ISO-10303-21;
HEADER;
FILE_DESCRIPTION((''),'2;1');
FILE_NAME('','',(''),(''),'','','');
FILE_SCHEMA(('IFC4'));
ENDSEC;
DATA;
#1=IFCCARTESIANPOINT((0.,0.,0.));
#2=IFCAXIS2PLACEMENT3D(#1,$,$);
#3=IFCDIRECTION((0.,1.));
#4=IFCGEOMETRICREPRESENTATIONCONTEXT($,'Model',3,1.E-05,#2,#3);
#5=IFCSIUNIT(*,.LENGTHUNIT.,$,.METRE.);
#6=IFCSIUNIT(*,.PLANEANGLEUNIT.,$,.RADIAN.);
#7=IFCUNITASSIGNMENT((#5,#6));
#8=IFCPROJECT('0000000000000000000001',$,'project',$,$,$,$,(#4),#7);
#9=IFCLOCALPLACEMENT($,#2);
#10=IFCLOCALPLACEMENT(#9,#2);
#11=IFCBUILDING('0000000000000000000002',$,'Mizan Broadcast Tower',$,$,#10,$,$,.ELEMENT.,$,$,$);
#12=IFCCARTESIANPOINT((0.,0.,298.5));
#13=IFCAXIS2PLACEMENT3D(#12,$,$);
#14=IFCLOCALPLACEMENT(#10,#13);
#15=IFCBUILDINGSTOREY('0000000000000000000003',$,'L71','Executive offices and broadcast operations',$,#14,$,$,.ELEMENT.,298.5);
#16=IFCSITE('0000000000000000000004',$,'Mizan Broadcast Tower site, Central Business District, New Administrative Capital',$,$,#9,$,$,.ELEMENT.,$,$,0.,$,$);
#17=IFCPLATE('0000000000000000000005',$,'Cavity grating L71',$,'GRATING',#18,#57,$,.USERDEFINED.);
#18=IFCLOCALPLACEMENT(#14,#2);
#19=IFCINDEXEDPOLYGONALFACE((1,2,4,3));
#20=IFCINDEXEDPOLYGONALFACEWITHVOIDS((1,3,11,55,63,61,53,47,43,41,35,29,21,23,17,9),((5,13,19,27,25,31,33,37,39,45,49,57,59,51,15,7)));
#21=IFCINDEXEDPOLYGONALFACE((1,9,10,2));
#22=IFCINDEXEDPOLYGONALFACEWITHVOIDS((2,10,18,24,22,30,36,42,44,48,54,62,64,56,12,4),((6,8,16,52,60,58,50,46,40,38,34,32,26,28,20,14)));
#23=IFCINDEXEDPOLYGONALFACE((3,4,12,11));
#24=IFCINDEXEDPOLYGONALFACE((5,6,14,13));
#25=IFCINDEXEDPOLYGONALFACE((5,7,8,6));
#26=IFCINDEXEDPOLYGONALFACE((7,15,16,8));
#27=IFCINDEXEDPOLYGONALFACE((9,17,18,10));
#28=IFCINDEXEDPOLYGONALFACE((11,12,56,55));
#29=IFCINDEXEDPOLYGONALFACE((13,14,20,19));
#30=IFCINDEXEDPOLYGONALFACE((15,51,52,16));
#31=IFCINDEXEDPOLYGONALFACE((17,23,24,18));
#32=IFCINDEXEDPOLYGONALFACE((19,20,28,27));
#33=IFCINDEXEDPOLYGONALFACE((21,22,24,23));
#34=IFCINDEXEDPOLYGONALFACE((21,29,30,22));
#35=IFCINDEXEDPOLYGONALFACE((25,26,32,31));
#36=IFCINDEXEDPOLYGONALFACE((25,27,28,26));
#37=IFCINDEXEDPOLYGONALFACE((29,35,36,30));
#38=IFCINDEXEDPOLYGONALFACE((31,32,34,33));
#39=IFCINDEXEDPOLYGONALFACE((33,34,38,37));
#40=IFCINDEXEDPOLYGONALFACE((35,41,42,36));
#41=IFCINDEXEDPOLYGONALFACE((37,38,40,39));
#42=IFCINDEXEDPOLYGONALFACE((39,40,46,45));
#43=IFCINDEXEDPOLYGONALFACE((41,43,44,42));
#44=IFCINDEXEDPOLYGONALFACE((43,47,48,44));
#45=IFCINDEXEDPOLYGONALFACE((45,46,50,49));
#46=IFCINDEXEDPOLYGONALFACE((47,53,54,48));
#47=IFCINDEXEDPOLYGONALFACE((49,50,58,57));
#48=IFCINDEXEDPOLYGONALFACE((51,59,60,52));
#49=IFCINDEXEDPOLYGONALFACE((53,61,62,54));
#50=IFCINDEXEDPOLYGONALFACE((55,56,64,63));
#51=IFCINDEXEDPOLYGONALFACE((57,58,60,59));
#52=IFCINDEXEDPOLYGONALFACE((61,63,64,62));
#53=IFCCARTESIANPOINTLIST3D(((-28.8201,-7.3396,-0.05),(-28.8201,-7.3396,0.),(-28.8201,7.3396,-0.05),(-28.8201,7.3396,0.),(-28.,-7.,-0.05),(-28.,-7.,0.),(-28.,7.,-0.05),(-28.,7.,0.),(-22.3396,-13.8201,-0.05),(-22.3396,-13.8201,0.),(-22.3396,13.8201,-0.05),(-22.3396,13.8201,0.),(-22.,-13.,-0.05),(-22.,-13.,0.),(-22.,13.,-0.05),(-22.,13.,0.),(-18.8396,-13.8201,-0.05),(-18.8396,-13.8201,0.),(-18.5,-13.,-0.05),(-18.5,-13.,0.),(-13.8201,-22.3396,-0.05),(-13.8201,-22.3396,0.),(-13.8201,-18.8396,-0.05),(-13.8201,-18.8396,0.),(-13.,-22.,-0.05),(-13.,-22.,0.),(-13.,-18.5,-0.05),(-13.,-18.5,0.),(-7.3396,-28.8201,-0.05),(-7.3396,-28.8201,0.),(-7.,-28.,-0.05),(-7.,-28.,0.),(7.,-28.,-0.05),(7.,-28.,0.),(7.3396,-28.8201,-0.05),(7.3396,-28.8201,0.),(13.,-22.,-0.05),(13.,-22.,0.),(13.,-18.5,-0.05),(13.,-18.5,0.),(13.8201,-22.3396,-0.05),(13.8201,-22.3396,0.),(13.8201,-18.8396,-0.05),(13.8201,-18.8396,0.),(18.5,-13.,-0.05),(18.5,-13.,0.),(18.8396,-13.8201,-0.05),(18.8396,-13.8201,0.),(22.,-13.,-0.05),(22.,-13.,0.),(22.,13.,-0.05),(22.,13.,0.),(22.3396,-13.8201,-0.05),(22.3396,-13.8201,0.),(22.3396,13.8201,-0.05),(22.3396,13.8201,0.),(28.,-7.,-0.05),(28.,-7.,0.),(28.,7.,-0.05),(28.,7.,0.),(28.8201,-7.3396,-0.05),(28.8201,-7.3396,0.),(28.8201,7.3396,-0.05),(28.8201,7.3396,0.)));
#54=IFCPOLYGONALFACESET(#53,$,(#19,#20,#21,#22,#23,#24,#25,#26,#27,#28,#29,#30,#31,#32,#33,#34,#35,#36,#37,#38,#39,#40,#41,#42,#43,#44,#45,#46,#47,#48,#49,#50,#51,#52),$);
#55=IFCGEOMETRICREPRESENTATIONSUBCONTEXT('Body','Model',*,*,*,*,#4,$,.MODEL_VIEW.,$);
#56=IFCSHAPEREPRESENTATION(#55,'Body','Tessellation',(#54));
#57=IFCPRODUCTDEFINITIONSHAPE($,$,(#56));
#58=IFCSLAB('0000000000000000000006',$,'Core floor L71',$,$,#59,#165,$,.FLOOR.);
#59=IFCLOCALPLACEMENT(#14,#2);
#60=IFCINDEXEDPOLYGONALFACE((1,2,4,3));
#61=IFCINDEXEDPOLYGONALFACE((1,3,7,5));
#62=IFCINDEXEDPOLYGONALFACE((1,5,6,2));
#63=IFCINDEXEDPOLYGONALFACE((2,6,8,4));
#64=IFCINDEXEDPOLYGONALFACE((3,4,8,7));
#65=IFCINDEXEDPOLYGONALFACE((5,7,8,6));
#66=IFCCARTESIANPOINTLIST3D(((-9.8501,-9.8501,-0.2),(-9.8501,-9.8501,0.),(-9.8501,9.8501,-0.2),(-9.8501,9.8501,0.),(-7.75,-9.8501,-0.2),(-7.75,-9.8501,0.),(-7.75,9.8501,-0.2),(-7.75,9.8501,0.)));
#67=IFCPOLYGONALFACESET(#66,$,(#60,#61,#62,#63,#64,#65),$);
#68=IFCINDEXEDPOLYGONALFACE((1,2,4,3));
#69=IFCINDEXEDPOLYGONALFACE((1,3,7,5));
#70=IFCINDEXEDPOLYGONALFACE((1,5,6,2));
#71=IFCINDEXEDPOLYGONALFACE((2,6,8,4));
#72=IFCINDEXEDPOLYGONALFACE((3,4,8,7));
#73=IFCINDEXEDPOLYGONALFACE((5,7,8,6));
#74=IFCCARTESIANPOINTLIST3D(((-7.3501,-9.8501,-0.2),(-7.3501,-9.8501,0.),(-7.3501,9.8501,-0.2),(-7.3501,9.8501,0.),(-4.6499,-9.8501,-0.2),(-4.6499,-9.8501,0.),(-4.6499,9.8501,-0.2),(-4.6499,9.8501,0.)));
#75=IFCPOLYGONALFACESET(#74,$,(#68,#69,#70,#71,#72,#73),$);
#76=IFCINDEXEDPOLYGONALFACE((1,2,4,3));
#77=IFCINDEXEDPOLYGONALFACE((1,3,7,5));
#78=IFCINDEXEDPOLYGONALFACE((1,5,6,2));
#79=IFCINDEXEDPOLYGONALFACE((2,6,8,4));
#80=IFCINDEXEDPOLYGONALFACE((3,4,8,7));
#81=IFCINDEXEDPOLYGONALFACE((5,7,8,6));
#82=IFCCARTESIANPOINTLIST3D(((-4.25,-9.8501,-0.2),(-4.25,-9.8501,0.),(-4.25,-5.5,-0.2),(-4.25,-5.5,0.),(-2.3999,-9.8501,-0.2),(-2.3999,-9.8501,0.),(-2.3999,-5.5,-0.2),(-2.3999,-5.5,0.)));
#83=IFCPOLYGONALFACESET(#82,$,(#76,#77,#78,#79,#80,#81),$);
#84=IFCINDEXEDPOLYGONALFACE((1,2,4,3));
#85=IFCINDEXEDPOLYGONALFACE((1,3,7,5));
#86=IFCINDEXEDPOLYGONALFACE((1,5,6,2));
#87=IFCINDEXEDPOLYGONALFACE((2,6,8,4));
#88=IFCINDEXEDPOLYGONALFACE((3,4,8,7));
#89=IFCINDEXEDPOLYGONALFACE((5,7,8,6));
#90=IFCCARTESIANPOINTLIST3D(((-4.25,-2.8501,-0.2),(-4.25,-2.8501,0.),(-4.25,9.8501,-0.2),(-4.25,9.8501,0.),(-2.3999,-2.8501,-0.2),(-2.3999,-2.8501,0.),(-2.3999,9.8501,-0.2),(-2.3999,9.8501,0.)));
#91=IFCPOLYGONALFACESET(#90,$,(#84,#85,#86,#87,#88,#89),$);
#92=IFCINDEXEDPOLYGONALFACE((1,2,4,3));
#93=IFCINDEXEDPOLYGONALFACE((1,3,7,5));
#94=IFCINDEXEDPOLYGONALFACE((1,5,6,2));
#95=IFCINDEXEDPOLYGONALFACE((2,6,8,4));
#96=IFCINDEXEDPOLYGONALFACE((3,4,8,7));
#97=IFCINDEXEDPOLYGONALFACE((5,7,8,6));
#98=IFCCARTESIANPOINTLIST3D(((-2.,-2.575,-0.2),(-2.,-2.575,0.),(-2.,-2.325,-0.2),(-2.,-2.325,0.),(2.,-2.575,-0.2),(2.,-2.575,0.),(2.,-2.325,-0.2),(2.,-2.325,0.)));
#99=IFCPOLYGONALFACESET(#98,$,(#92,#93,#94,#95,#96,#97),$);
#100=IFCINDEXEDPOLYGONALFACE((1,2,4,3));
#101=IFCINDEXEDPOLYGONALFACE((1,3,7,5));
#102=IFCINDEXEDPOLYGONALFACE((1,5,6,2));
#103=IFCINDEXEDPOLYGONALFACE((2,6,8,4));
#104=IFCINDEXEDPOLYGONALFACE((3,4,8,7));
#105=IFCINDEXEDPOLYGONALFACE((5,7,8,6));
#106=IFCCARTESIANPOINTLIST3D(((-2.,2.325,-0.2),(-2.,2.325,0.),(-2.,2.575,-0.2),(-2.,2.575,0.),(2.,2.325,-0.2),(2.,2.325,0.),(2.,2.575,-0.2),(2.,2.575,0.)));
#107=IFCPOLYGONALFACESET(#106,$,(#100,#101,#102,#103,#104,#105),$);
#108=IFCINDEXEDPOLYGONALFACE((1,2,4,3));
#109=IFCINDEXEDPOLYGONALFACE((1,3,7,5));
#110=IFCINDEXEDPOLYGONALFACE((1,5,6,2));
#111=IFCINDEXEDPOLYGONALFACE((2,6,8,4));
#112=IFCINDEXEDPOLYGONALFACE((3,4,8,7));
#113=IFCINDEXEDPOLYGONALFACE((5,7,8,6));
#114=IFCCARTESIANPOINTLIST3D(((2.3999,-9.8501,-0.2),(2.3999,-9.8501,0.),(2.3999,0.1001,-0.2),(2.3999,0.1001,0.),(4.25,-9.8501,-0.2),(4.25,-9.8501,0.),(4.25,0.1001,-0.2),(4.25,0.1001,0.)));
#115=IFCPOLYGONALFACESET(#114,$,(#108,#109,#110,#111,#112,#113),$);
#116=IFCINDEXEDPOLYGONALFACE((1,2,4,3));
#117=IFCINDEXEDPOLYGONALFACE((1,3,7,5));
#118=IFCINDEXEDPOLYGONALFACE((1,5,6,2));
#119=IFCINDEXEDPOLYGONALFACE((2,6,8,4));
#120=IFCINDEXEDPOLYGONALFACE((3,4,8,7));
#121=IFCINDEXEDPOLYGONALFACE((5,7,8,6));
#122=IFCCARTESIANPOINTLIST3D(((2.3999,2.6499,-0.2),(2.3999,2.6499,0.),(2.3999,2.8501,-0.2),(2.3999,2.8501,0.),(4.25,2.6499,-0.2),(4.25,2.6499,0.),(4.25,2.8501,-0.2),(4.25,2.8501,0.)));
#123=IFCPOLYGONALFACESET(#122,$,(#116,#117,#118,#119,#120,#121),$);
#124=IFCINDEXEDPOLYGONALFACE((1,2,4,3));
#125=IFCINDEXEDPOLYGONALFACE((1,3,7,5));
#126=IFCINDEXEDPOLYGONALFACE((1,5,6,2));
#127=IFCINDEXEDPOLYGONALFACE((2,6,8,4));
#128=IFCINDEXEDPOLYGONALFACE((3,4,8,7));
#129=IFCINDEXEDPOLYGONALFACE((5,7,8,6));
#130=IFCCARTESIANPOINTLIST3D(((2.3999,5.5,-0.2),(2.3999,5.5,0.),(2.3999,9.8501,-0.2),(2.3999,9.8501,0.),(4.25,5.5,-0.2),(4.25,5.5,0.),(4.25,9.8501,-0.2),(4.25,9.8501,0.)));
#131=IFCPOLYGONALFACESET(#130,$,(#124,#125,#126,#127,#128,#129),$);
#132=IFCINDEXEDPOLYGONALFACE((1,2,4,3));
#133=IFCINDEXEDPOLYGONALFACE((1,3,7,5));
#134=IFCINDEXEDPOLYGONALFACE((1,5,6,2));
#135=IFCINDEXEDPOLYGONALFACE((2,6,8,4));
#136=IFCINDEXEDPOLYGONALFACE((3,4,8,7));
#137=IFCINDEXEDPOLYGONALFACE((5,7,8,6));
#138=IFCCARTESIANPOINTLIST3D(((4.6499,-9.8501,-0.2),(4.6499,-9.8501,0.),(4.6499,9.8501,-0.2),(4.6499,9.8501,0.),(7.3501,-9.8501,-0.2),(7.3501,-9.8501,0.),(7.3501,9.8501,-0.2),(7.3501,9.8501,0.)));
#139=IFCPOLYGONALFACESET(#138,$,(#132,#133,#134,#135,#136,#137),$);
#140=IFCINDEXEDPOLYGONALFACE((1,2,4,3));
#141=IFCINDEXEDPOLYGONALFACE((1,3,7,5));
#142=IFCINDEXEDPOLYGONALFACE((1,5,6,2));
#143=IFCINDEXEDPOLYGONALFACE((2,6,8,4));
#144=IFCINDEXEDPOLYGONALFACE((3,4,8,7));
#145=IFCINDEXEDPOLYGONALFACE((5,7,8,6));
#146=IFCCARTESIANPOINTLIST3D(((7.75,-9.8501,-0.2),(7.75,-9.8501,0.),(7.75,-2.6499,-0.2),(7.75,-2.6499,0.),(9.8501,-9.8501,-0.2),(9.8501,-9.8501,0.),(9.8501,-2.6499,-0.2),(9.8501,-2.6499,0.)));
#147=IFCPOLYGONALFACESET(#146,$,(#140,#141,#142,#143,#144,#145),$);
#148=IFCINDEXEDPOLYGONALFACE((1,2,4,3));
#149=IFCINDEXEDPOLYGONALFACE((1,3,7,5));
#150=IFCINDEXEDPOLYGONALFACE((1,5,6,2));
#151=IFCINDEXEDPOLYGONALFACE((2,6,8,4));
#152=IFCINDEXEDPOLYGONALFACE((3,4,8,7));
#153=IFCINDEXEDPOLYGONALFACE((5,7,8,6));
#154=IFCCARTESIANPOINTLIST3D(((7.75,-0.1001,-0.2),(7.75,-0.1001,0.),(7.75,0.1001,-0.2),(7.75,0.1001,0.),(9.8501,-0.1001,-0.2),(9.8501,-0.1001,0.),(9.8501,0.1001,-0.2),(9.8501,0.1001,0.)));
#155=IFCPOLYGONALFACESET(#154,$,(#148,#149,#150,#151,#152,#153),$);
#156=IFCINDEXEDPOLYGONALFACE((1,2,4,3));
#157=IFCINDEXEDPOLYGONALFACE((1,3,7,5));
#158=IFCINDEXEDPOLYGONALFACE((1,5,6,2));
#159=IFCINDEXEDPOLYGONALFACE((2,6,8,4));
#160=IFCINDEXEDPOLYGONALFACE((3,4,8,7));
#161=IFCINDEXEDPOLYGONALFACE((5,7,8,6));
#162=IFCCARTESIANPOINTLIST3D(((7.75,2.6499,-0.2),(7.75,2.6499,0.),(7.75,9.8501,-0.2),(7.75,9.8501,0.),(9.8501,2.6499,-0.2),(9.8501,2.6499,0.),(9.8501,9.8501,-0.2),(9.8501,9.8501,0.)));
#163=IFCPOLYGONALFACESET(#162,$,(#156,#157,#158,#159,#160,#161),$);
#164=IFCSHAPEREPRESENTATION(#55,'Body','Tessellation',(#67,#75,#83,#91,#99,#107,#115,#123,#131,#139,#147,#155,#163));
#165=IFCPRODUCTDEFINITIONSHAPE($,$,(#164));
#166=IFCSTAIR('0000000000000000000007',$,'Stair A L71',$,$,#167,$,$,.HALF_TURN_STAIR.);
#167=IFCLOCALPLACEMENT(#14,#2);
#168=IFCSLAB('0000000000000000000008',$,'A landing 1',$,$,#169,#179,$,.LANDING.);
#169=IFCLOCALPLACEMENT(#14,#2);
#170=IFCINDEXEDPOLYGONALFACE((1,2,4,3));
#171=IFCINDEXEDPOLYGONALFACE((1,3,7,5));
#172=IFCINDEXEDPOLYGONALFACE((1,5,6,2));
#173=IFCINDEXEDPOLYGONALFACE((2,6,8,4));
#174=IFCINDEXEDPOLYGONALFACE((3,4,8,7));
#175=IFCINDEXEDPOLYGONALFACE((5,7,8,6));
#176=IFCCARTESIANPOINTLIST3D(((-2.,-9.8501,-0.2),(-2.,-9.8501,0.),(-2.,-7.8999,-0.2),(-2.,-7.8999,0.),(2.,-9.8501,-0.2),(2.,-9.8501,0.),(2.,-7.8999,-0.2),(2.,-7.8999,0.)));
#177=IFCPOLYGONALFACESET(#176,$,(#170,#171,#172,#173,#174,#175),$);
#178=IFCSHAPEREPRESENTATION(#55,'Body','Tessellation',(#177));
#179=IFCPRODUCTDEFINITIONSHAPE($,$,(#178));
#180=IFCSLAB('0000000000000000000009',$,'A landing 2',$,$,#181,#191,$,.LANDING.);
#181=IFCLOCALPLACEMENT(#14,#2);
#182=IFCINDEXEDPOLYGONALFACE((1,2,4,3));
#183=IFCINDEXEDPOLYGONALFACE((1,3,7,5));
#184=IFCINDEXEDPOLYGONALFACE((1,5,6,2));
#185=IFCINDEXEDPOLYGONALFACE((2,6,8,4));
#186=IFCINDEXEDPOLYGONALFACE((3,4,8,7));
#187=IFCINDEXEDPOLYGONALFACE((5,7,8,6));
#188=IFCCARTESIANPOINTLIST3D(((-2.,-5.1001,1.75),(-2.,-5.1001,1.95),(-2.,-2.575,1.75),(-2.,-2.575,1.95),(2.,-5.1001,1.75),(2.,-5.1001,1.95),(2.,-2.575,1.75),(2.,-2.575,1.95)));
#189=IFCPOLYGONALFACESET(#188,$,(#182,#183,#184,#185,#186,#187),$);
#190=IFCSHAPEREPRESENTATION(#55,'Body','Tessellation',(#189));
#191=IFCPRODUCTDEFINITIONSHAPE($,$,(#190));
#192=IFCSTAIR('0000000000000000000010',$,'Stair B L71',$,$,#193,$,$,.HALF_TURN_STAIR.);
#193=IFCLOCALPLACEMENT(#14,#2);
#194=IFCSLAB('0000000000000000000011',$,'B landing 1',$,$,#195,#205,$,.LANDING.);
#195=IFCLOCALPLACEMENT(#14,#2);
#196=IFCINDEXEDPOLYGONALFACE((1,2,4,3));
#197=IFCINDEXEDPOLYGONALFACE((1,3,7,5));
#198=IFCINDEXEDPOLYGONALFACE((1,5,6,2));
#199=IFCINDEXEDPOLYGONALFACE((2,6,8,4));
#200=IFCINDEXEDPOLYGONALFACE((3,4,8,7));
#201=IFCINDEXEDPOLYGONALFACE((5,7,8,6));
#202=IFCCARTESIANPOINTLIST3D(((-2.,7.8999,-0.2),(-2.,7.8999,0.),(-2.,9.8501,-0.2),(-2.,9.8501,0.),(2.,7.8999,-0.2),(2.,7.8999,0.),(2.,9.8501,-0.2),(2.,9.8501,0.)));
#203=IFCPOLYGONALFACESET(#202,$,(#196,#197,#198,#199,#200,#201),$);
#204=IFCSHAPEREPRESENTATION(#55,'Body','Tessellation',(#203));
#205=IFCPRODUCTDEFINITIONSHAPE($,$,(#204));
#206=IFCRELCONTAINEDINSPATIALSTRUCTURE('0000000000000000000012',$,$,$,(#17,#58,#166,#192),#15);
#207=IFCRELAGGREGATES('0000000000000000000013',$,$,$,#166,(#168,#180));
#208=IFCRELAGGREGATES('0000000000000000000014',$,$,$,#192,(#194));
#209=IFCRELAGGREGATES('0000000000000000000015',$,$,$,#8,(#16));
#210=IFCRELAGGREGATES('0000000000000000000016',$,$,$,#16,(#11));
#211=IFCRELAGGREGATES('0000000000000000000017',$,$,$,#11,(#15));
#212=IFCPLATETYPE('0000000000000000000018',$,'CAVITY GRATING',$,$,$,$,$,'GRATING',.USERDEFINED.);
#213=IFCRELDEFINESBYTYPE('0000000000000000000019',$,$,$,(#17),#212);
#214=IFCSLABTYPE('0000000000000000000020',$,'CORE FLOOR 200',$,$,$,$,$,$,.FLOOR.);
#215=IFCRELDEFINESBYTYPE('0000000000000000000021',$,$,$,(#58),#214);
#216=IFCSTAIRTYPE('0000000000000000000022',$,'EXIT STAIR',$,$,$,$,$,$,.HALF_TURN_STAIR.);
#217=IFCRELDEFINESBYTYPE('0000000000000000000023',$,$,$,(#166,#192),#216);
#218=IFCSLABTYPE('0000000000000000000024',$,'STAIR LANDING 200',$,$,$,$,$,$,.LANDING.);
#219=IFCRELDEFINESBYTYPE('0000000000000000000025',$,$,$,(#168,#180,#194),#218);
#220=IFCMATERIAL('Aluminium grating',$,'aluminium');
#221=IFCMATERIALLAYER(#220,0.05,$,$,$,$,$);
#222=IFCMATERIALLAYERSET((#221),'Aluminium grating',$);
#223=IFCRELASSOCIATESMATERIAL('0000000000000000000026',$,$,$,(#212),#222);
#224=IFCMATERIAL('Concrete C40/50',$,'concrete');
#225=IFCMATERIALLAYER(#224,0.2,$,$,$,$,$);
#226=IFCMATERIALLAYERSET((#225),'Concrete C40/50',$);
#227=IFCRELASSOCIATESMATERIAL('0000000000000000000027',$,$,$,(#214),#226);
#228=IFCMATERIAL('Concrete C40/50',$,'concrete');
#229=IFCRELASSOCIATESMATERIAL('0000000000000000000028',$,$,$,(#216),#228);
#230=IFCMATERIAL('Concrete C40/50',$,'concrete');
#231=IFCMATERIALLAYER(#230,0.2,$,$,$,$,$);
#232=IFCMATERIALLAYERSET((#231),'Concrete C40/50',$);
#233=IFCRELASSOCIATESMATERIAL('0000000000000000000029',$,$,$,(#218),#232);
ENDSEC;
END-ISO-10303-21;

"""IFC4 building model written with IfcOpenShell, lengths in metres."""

from ifc_helpers import new_model, si_unit, direction, frame, origin, place, context, subcontext, project, spatial, polyline, outline, extrude, material, layer, layer_set, type_object, element, aggregate, save


model = new_model("IFC4")

# Units and contexts
model_context = context("Model", 3, precision=1e-05, world=origin(), true_north=direction((0.0, 1.0)))
body_context = subcontext(model_context, "Body", "Model", "MODEL_VIEW")
ifc_project = project(units=[si_unit("LENGTHUNIT", "METRE"), si_unit("PLANEANGLEUNIT", "RADIAN")], contexts=[model_context])

# Site, building, storey
site_placement = place(None, origin())
site = spatial("IfcSite", under=ifc_project, at=site_placement, Name="Mizan Broadcast Tower site, Central Business District, New Administrative Capital", CompositionType="ELEMENT", RefElevation=0.0)
building_placement = place(site_placement, origin())
building = spatial("IfcBuilding", under=site, at=building_placement, Name="Mizan Broadcast Tower", CompositionType="ELEMENT")
storey_placement = place(building_placement, frame((0.0, 0.0, 298.5)))
storey = spatial("IfcBuildingStorey", under=building, at=storey_placement, Name="L71", Description="Executive offices and broadcast operations", CompositionType="ELEMENT", Elevation=298.5)

# Plate
ifc_material_1 = material(Name="Aluminium grating", Category="aluminium")
ifc_layer_1 = layer(ifc_material_1, 0.05)
ifc_layer_set_1 = layer_set([ifc_layer_1], Name="Aluminium grating")
plate_type = type_object("IfcPlateType", Name="CAVITY GRATING", ElementType="GRATING", PredefinedType="USERDEFINED", material=ifc_layer_set_1)
plate_placement = place(storey_placement, frame((0.0, 0.0, -0.05)))
element("IfcPlate", 1, at=plate_placement, inside=storey, type_object=plate_type, Name="Cavity grating L71", ObjectType="GRATING", PredefinedType="USERDEFINED", context=body_context, shape_type="SweptSolid", body=[
    extrude(outline(polyline([(-22.3396, 13.8201), (-28.8201, 7.3396), (-28.8201, -7.3396), (-22.3396, -13.8201), (-18.8396, -13.8201), (-13.8201, -18.8396), (-13.8201, -22.3396), (-7.3396, -28.8201), (7.3396, -28.8201), (13.8201, -22.3396), (13.8201, -18.8396), (18.8396, -13.8201), (22.3396, -13.8201), (28.8201, -7.3396), (28.8201, 7.3396), (22.3396, 13.8201), (-22.3396, 13.8201)]), holes=[polyline([(-18.5, -13.0), (-22.0, -13.0), (-28.0, -7.0), (-28.0, 7.0), (-22.0, 13.0), (22.0, 13.0), (28.0, 7.0), (28.0, -7.0), (22.0, -13.0), (18.5, -13.0), (13.0, -18.5), (13.0, -22.0), (7.0, -28.0), (-7.0, -28.0), (-13.0, -22.0), (-13.0, -18.5), (-18.5, -13.0)])]), origin(), (0.0, 0.0, 1.0), 0.05),
])

# Slab
ifc_material_2 = material(Name="Concrete C40/50", Category="concrete")
ifc_layer_2 = layer(ifc_material_2, 0.2)
ifc_layer_set_2 = layer_set([ifc_layer_2], Name="Concrete C40/50")
slab_type_1 = type_object("IfcSlabType", Name="CORE FLOOR 200", PredefinedType="FLOOR", material=ifc_layer_set_2)
slab_1_placement = place(storey_placement, frame((0.0, 0.0, -0.2)))
element("IfcSlab", 2, at=slab_1_placement, inside=storey, type_object=slab_type_1, Name="Core floor L71", PredefinedType="FLOOR", context=body_context, shape_type="SweptSolid", body=[
    extrude(outline(polyline([(-9.8501, -9.8501), (-7.75, -9.8501), (-7.75, 9.8501), (-9.8501, 9.8501), (-9.8501, -9.8501)])), origin(), (0.0, 0.0, 1.0), 0.2),
    extrude(outline(polyline([(-4.6499, 9.8501), (-7.3501, 9.8501), (-7.3501, -9.8501), (-4.6499, -9.8501), (-4.6499, 9.8501)])), origin(), (0.0, 0.0, 1.0), 0.2),
    extrude(outline(polyline([(-4.25, -5.5), (-4.25, -9.8501), (-2.3999, -9.8501), (-2.3999, -5.5), (-4.25, -5.5)])), origin(), (0.0, 0.0, 1.0), 0.2),
    extrude(outline(polyline([(-4.25, -2.8501), (-2.3999, -2.8501), (-2.3999, 9.8501), (-4.25, 9.8501), (-4.25, -2.8501)])), origin(), (0.0, 0.0, 1.0), 0.2),
    extrude(outline(polyline([(2.0, -2.325), (-2.0, -2.325), (-2.0, -2.575), (2.0, -2.575), (2.0, -2.325)])), origin(), (0.0, 0.0, 1.0), 0.2),
    extrude(outline(polyline([(2.0, 2.575), (-2.0, 2.575), (-2.0, 2.325), (2.0, 2.325), (2.0, 2.575)])), origin(), (0.0, 0.0, 1.0), 0.2),
    extrude(outline(polyline([(4.25, -9.8501), (4.25, 0.1001), (2.3999, 0.1001), (2.3999, -9.8501), (4.25, -9.8501)])), origin(), (0.0, 0.0, 1.0), 0.2),
    extrude(outline(polyline([(4.25, 2.6499), (4.25, 2.8501), (2.3999, 2.8501), (2.3999, 2.6499), (4.25, 2.6499)])), origin(), (0.0, 0.0, 1.0), 0.2),
    extrude(outline(polyline([(4.25, 5.5), (4.25, 9.8501), (2.3999, 9.8501), (2.3999, 5.5), (4.25, 5.5)])), origin(), (0.0, 0.0, 1.0), 0.2),
    extrude(outline(polyline([(4.6499, 9.8501), (4.6499, -9.8501), (7.3501, -9.8501), (7.3501, 9.8501), (4.6499, 9.8501)])), origin(), (0.0, 0.0, 1.0), 0.2),
    extrude(outline(polyline([(9.8501, -9.8501), (9.8501, -2.6499), (7.75, -2.6499), (7.75, -9.8501), (9.8501, -9.8501)])), origin(), (0.0, 0.0, 1.0), 0.2),
    extrude(outline(polyline([(9.8501, -0.1001), (9.8501, 0.1001), (7.75, 0.1001), (7.75, -0.1001), (9.8501, -0.1001)])), origin(), (0.0, 0.0, 1.0), 0.2),
    extrude(outline(polyline([(7.75, 9.8501), (7.75, 2.6499), (9.8501, 2.6499), (9.8501, 9.8501), (7.75, 9.8501)])), origin(), (0.0, 0.0, 1.0), 0.2),
])

# Stairs, slabs
ifc_material_3 = material(Name="Concrete C40/50", Category="concrete")
stair_type = type_object("IfcStairType", Name="EXIT STAIR", PredefinedType="HALF_TURN_STAIR", material=ifc_material_3)
stair_1_placement = place(storey_placement, origin())
stair_1 = element("IfcStair", 3, at=stair_1_placement, inside=storey, type_object=stair_type, Name="Stair A L71", PredefinedType="HALF_TURN_STAIR")
ifc_material_4 = material(Name="Concrete C40/50", Category="concrete")
ifc_layer_3 = layer(ifc_material_4, 0.2)
ifc_layer_set_3 = layer_set([ifc_layer_3], Name="Concrete C40/50")
slab_type_2 = type_object("IfcSlabType", Name="STAIR LANDING 200", PredefinedType="LANDING", material=ifc_layer_set_3)
slab_2_placement = place(storey_placement, frame((0.0, 0.0, -0.2)))
slab_2 = element("IfcSlab", 4, at=slab_2_placement, type_object=slab_type_2, Name="A landing 1", PredefinedType="LANDING", context=body_context, shape_type="SweptSolid", body=[
    extrude(outline(polyline([(-2.0, -9.8501), (-2.0, -7.8999), (2.0, -7.8999), (2.0, -9.8501), (-2.0, -9.8501)])), origin(), (0.0, 0.0, 1.0), 0.2),
])
slab_3_placement = place(storey_placement, frame((0.0, 0.0, 1.75)))
slab_3 = element("IfcSlab", 5, at=slab_3_placement, type_object=slab_type_2, Name="A landing 2", PredefinedType="LANDING", context=body_context, shape_type="SweptSolid", body=[
    extrude(outline(polyline([(-2.0, -5.1001), (-2.0, -2.575), (2.0, -2.575), (2.0, -5.1001), (-2.0, -5.1001)])), origin(), (0.0, 0.0, 1.0), 0.2),
])
aggregate(stair_1, [slab_2, slab_3])
stair_2_placement = place(storey_placement, origin())
stair_2 = element("IfcStair", 6, at=stair_2_placement, inside=storey, type_object=stair_type, Name="Stair B L71", PredefinedType="HALF_TURN_STAIR")
slab_4_placement = place(storey_placement, frame((0.0, 0.0, -0.2)))
slab_4 = element("IfcSlab", 7, at=slab_4_placement, type_object=slab_type_2, Name="B landing 1", PredefinedType="LANDING", context=body_context, shape_type="SweptSolid", body=[
    extrude(outline(polyline([(2.0, 9.8501), (2.0, 7.8999), (-2.0, 7.8999), (-2.0, 9.8501), (2.0, 9.8501)])), origin(), (0.0, 0.0, 1.0), 0.2),
])
aggregate(stair_2, [slab_4])

save(model, "model.ifc")
